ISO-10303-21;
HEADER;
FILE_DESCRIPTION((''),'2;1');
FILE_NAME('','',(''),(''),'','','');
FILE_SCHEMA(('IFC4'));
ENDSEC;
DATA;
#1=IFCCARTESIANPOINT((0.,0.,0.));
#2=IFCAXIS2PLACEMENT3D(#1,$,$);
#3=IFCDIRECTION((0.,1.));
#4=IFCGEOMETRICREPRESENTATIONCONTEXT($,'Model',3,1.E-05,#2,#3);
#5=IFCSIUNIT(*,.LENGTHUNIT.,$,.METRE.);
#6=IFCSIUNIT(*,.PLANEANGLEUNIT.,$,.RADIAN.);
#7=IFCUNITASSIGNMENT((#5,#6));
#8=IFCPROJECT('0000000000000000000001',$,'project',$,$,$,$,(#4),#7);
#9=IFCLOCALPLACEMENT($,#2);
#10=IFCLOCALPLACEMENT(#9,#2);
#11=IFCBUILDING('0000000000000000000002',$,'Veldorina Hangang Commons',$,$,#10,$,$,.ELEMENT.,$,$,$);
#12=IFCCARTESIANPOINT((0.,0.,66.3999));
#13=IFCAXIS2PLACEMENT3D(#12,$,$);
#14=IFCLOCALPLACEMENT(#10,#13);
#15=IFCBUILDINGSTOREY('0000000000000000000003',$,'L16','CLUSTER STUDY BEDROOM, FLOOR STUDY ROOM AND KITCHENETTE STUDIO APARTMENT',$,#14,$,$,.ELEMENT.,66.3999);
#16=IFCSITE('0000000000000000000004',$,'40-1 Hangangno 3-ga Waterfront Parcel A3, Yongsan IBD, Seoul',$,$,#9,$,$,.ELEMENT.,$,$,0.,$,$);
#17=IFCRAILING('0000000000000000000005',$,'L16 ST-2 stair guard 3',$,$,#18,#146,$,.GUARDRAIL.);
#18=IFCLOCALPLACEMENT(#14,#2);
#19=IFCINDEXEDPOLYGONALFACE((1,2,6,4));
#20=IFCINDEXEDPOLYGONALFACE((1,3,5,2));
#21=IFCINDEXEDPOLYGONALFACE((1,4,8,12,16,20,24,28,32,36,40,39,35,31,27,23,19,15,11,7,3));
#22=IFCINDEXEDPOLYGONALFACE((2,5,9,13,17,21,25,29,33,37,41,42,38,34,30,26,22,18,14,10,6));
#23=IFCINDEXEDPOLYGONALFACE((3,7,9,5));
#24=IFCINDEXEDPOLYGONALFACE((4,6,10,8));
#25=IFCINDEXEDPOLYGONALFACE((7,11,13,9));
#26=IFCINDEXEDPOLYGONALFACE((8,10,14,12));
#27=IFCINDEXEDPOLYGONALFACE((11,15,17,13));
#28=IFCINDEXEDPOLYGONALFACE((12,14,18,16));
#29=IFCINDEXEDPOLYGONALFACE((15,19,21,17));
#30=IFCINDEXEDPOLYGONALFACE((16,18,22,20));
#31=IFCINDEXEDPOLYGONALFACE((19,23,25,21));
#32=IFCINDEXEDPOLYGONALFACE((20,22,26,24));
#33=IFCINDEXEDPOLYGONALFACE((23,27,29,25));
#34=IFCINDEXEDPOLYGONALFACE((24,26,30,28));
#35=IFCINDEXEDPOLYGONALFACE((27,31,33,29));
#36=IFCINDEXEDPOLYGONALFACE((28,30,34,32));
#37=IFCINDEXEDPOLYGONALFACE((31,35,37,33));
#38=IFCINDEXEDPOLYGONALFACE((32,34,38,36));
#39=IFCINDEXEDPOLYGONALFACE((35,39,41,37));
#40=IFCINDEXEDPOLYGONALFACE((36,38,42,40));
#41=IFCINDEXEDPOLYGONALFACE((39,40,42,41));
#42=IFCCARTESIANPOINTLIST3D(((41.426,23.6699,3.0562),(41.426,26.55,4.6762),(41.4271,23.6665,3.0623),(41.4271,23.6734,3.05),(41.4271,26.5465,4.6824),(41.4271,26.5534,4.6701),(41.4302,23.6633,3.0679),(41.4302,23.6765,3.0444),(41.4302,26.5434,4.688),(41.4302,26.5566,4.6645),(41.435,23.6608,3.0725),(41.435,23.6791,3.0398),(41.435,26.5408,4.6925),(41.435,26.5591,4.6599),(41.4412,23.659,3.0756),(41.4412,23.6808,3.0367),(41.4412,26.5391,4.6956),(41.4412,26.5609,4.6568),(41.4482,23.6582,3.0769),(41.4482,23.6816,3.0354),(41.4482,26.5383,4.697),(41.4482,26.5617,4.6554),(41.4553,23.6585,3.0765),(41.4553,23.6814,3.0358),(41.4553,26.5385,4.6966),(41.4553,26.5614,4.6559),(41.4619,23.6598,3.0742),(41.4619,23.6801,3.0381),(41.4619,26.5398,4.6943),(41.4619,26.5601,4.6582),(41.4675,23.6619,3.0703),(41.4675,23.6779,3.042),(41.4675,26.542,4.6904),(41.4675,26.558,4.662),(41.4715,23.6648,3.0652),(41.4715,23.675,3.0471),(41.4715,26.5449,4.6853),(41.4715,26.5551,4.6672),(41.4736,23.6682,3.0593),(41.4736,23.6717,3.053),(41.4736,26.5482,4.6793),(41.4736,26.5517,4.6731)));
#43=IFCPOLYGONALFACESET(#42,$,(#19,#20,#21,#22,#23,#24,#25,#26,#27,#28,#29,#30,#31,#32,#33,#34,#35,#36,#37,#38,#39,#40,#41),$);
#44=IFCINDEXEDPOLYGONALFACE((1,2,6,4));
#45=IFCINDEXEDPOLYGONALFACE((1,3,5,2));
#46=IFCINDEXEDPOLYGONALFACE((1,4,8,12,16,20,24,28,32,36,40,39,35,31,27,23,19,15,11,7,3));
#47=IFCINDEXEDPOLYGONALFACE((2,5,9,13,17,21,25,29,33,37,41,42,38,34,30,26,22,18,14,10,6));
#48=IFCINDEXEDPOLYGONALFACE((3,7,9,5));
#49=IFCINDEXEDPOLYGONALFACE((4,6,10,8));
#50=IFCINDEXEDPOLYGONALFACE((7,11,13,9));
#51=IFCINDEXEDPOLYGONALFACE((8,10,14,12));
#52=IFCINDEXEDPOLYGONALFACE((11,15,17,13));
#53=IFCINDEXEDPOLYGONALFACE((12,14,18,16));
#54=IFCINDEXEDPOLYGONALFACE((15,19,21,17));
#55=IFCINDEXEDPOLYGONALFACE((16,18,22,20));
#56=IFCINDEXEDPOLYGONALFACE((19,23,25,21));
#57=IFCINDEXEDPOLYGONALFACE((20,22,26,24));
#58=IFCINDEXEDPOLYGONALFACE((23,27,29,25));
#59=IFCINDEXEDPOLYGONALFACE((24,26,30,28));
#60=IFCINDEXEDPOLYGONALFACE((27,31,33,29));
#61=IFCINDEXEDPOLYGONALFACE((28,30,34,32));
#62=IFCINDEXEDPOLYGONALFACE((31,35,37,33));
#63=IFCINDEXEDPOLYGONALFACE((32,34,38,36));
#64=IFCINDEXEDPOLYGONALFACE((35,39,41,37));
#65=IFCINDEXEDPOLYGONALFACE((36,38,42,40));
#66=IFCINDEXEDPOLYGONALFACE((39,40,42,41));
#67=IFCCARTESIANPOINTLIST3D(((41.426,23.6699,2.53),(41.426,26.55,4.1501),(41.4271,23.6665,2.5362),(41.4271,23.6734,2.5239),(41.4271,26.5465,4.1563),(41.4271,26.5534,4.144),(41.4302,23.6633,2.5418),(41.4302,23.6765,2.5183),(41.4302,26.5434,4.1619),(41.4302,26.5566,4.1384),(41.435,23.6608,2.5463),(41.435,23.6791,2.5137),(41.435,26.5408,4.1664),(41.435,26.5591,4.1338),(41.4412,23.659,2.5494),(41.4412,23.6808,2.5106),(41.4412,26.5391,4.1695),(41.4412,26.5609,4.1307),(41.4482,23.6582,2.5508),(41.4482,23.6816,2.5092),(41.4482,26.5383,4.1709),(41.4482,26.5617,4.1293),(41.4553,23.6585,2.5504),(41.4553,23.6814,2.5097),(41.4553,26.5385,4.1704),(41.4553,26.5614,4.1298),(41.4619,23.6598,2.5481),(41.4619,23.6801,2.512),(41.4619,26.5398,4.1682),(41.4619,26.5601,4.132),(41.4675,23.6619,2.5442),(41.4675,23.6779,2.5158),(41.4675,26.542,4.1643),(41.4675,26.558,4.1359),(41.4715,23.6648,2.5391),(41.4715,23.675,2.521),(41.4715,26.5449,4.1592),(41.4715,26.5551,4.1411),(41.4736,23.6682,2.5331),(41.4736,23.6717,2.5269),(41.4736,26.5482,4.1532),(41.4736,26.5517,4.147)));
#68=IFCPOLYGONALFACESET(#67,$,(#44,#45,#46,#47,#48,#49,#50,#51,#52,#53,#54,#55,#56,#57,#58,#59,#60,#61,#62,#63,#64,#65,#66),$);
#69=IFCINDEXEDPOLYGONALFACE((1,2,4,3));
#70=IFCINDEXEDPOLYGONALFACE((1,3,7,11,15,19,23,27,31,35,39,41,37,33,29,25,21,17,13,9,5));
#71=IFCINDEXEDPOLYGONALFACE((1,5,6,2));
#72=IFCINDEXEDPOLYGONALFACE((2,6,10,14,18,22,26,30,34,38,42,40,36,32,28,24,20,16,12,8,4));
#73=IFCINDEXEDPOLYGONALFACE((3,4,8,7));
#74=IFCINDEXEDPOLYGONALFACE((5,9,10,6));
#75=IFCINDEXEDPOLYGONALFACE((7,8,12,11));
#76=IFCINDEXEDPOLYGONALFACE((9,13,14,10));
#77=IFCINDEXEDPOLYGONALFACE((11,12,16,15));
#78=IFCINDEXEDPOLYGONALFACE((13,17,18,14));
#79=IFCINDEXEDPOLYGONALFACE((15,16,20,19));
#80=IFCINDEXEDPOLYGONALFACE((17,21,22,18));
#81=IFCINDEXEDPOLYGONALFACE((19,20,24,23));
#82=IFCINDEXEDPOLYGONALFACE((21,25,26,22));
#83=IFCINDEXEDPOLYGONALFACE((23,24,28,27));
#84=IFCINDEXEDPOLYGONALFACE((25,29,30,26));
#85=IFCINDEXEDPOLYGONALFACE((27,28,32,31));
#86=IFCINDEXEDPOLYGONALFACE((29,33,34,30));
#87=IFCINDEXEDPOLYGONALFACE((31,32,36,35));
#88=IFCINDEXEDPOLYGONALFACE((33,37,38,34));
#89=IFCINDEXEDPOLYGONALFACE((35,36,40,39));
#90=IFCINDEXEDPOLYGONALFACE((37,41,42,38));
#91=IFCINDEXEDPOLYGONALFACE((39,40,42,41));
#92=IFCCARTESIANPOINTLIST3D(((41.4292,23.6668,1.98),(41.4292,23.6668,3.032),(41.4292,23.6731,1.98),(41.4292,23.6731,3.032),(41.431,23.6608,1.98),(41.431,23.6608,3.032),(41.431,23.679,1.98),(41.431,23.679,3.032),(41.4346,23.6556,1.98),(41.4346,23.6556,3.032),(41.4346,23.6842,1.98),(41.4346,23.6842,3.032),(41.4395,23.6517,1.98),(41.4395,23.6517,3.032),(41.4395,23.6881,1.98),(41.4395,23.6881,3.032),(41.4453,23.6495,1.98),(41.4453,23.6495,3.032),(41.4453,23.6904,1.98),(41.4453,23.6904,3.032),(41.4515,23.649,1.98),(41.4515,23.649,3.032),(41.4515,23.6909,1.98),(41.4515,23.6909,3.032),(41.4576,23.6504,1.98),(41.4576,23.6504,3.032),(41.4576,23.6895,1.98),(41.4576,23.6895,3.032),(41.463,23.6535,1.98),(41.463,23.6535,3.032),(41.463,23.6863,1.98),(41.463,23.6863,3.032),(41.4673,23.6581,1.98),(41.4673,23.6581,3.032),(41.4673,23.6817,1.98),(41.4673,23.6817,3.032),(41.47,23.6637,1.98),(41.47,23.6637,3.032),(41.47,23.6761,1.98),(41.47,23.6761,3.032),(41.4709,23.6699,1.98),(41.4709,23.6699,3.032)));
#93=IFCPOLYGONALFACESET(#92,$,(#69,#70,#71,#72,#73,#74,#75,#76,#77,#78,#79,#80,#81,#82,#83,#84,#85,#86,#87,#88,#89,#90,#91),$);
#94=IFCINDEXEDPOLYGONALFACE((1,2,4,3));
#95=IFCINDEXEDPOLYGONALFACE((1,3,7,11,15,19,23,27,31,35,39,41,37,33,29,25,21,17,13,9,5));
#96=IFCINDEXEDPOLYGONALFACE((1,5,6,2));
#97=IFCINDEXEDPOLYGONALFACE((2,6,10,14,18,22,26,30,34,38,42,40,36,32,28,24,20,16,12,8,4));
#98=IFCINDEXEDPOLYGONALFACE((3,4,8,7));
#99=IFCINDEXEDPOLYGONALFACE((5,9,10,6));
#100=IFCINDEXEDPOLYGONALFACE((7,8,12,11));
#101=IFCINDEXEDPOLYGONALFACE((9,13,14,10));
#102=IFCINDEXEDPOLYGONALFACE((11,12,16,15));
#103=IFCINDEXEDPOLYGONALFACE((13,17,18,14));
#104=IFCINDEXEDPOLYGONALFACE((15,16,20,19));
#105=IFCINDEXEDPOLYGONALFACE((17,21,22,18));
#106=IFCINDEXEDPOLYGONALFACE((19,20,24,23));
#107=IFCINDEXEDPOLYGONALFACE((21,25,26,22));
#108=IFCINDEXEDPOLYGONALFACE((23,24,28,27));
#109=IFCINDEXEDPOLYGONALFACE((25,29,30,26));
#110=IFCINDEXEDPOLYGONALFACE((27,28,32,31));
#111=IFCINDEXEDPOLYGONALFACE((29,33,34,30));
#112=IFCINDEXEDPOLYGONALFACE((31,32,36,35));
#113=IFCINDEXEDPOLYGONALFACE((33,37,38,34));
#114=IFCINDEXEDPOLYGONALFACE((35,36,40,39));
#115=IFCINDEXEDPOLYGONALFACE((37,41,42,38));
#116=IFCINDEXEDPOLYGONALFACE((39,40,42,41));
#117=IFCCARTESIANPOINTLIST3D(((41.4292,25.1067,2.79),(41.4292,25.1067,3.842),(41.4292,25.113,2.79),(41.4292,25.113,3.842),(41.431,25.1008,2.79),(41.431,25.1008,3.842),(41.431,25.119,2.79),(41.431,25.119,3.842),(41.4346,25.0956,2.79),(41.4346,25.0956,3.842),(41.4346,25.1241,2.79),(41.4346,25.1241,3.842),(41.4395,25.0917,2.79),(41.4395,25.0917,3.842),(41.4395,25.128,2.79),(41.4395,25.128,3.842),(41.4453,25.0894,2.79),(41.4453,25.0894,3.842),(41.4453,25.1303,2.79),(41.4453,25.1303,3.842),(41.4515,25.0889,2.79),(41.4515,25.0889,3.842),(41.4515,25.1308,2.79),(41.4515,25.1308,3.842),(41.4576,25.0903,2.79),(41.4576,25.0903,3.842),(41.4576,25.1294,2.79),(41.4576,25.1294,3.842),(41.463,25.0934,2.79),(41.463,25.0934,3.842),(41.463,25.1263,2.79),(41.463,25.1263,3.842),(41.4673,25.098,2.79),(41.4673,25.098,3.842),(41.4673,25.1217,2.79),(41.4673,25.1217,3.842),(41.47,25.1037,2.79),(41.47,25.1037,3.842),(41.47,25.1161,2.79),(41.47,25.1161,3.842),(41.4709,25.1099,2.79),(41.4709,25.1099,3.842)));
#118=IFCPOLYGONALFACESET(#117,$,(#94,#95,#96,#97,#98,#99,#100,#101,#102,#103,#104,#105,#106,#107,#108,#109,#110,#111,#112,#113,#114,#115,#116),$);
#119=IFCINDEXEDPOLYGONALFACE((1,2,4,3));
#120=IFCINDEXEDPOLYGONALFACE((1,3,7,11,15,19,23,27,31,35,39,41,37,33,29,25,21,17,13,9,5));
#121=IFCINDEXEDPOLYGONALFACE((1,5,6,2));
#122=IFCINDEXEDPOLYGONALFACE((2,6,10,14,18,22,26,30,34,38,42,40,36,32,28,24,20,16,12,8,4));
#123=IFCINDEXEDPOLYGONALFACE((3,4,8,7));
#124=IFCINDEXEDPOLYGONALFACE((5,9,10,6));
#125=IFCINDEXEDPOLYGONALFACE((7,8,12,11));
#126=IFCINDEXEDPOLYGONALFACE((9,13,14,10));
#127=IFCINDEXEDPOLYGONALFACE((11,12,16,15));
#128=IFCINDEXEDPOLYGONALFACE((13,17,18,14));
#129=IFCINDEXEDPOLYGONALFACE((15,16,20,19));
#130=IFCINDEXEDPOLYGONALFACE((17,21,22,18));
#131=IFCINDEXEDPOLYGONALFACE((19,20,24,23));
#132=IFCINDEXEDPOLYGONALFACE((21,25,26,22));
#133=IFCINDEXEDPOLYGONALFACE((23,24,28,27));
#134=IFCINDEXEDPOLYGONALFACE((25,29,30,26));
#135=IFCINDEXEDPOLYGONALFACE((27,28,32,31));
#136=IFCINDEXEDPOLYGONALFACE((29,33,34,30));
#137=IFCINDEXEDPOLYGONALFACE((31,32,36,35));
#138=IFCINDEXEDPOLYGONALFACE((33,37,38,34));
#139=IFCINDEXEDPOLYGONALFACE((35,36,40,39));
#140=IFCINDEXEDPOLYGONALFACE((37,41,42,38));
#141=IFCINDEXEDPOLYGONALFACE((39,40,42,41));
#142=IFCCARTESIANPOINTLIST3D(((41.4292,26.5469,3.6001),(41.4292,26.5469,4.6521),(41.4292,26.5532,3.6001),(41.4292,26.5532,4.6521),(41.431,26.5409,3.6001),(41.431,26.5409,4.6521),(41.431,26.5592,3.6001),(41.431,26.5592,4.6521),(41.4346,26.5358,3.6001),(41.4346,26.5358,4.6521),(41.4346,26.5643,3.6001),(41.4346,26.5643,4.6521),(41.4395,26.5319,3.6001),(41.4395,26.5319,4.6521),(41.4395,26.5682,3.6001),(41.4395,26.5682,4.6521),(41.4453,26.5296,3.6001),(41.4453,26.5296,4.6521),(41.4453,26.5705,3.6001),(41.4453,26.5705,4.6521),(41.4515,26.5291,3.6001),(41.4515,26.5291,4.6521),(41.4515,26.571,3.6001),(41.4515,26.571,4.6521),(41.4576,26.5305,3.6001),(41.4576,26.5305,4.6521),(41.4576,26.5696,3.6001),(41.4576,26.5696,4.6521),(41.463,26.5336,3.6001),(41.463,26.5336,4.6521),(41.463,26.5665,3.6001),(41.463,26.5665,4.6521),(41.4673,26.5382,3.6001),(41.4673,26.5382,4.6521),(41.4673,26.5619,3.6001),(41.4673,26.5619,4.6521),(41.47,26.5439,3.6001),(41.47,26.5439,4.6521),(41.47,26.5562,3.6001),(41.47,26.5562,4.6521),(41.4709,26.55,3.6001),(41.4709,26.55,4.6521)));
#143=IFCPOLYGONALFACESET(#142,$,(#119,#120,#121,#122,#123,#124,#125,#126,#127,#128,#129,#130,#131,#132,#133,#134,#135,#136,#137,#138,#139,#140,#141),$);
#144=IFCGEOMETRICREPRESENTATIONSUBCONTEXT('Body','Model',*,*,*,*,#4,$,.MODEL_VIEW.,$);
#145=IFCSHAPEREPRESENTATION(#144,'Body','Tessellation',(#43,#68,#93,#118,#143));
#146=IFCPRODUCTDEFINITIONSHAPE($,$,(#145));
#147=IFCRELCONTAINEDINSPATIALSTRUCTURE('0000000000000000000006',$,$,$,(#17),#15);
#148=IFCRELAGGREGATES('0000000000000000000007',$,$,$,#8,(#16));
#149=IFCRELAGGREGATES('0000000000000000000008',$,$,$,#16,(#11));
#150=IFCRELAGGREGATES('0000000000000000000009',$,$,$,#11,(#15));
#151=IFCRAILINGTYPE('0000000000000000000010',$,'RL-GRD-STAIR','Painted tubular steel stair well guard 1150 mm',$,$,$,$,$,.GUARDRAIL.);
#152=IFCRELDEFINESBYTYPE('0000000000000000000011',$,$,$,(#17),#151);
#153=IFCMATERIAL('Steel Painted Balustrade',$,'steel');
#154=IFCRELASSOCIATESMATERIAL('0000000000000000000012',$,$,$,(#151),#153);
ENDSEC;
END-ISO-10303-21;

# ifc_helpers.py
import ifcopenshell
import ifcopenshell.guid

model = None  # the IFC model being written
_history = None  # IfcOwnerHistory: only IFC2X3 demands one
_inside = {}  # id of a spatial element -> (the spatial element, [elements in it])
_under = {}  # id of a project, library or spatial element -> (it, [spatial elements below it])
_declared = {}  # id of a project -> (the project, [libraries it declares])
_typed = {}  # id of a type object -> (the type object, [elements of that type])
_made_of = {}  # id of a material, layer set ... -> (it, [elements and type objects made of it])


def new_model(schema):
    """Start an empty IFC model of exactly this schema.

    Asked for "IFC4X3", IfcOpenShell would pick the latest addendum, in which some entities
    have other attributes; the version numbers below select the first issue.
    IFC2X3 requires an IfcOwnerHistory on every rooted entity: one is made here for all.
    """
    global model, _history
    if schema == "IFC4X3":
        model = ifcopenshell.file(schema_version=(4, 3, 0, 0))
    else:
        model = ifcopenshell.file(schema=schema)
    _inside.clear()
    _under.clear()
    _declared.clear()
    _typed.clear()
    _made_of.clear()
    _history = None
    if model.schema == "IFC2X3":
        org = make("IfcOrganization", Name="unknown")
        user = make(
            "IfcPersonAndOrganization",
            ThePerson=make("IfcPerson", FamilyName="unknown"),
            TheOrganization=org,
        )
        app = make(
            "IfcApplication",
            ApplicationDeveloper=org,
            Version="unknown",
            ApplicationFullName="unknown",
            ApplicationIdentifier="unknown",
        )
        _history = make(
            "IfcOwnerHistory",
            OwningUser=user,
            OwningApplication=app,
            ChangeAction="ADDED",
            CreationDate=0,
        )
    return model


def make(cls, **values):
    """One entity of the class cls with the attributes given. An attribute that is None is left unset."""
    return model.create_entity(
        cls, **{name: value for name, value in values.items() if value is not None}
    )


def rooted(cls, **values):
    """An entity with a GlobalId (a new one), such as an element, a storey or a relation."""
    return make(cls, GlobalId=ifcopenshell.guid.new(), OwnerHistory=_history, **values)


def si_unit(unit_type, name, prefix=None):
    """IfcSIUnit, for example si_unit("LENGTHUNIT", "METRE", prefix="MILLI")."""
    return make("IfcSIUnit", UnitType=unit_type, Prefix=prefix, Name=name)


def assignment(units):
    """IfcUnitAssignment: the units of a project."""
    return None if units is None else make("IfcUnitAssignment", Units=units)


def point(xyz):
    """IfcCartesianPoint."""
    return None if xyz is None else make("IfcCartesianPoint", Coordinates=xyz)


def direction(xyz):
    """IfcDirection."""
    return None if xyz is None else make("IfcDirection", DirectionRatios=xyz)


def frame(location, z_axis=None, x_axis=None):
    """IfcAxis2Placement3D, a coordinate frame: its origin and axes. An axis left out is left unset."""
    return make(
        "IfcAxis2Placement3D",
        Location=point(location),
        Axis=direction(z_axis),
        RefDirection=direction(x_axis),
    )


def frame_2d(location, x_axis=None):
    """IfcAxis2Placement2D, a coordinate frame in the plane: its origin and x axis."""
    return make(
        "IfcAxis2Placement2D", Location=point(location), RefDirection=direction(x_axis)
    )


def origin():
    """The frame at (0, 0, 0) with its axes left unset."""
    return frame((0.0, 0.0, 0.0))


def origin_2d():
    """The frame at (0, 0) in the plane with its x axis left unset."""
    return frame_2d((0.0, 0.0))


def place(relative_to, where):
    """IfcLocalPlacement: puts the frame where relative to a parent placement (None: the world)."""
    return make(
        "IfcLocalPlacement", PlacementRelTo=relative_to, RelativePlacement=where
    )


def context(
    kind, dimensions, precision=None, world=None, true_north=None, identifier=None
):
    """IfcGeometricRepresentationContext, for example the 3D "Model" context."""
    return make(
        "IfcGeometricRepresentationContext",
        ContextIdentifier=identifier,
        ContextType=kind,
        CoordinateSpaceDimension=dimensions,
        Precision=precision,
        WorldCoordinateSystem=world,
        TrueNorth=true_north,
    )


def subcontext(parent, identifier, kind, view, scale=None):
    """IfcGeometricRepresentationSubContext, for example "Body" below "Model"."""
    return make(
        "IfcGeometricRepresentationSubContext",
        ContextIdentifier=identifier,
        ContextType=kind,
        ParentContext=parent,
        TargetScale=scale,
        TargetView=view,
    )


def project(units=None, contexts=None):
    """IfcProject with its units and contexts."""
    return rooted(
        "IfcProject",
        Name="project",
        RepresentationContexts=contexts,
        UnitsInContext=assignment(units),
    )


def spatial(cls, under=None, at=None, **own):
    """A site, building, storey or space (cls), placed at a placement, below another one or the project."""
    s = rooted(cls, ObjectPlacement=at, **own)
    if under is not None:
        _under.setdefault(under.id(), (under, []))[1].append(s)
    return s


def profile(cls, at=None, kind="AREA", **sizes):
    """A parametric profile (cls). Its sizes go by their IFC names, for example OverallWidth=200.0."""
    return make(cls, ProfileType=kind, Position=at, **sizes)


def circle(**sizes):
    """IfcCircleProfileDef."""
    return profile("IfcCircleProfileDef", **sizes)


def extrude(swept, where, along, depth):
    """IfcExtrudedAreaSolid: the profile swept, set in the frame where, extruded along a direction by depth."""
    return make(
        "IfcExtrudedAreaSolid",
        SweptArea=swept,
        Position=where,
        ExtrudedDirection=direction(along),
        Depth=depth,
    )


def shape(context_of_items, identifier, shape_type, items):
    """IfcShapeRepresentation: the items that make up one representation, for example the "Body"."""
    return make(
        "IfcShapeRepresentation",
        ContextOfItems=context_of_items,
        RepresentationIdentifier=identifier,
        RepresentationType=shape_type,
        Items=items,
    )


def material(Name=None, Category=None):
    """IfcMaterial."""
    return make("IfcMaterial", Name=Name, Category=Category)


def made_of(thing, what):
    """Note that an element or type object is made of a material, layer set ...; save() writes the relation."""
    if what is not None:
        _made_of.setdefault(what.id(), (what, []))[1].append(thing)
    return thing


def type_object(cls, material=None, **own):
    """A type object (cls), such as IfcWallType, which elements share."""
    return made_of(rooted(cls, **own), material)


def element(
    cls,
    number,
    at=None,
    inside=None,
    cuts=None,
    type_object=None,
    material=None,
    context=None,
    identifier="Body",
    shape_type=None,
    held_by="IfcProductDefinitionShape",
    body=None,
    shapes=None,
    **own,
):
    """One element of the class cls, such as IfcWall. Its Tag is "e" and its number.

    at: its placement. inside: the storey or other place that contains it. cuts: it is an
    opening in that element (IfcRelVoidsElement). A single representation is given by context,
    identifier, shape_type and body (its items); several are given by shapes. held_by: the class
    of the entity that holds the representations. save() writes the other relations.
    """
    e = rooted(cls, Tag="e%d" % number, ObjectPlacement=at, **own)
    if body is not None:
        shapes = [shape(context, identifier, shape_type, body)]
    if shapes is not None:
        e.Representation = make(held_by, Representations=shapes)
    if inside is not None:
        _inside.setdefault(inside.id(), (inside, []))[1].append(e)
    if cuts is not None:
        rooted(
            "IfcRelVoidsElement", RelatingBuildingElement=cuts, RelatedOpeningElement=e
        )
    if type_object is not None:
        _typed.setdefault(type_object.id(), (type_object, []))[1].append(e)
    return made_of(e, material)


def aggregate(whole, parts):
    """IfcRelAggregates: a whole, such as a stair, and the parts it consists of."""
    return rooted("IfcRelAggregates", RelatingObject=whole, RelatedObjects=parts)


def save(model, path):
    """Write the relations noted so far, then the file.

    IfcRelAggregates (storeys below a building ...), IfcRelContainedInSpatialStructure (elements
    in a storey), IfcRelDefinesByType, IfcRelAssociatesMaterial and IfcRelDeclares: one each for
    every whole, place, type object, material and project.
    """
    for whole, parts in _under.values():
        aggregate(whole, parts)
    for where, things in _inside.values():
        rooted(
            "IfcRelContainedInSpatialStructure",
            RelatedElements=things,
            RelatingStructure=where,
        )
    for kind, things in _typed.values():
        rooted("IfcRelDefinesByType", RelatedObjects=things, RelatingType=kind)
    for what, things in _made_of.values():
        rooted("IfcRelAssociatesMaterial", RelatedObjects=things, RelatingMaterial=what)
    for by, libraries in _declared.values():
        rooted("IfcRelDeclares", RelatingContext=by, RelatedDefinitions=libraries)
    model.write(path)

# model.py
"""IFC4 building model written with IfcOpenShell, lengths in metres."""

from ifc_helpers import new_model, si_unit, direction, frame, origin, origin_2d, place, context, subcontext, project, spatial, circle, extrude, material, type_object, element, save


model = new_model("IFC4")

# Units and contexts
model_context = context("Model", 3, precision=1e-05, world=origin(), true_north=direction((0.0, 1.0)))
body_context = subcontext(model_context, "Body", "Model", "MODEL_VIEW")
ifc_project = project(units=[si_unit("LENGTHUNIT", "METRE"), si_unit("PLANEANGLEUNIT", "RADIAN")], contexts=[model_context])

# Site, building, storey
site_placement = place(None, origin())
site = spatial("IfcSite", under=ifc_project, at=site_placement, Name="40-1 Hangangno 3-ga Waterfront Parcel A3, Yongsan IBD, Seoul", CompositionType="ELEMENT", RefElevation=0.0)
building_placement = place(site_placement, origin())
building = spatial("IfcBuilding", under=site, at=building_placement, Name="Veldorina Hangang Commons", CompositionType="ELEMENT")
storey_placement = place(building_placement, frame((0.0, 0.0, 66.3999)))
storey = spatial("IfcBuildingStorey", under=building, at=storey_placement, Name="L16", Description="CLUSTER STUDY BEDROOM, FLOOR STUDY ROOM AND KITCHENETTE STUDIO APARTMENT", CompositionType="ELEMENT", Elevation=66.3999)

# Railing
ifc_material_1 = material(Name="Steel Painted Balustrade", Category="steel")
railing_type_1 = type_object("IfcRailingType", Name="RL-GRD-STAIR", Description="Painted tubular steel stair well guard 1150 mm", PredefinedType="GUARDRAIL", material=ifc_material_1)
railing_1_placement = place(storey_placement, frame((41.45, 23.6699, 1.98)))
element("IfcRailing", 1, at=railing_1_placement, inside=storey, type_object=railing_type_1, Name="L16 ST-2 stair guard 3", PredefinedType="GUARDRAIL", context=body_context, shape_type="SweptSolid", body=[
    extrude(circle(Radius=0.0239, at=origin_2d()), frame((0.0, 0.0, 1.0762), z_axis=(0.0, 0.87157, 0.490272), x_axis=(-1.0, 0.0, 0.0)), (0.0, 0.0, 1.0), 3.3044),
    extrude(circle(Radius=0.0239, at=origin_2d()), frame((0.0, 0.0, 0.55), z_axis=(0.0, 0.87157, 0.490272), x_axis=(-1.0, 0.0, 0.0)), (0.0, 0.0, 1.0), 3.3044),
    extrude(circle(Radius=0.021, at=origin_2d()), origin(), (0.0, 0.0, 1.0), 1.052),
    extrude(circle(Radius=0.021, at=origin_2d()), frame((0.0, 1.4399, 0.8101)), (0.0, 0.0, 1.0), 1.052),
    extrude(circle(Radius=0.021, at=origin_2d()), frame((0.0, 2.8801, 1.6201)), (0.0, 0.0, 1.0), 1.052),
])

save(model, "model.ifc")
